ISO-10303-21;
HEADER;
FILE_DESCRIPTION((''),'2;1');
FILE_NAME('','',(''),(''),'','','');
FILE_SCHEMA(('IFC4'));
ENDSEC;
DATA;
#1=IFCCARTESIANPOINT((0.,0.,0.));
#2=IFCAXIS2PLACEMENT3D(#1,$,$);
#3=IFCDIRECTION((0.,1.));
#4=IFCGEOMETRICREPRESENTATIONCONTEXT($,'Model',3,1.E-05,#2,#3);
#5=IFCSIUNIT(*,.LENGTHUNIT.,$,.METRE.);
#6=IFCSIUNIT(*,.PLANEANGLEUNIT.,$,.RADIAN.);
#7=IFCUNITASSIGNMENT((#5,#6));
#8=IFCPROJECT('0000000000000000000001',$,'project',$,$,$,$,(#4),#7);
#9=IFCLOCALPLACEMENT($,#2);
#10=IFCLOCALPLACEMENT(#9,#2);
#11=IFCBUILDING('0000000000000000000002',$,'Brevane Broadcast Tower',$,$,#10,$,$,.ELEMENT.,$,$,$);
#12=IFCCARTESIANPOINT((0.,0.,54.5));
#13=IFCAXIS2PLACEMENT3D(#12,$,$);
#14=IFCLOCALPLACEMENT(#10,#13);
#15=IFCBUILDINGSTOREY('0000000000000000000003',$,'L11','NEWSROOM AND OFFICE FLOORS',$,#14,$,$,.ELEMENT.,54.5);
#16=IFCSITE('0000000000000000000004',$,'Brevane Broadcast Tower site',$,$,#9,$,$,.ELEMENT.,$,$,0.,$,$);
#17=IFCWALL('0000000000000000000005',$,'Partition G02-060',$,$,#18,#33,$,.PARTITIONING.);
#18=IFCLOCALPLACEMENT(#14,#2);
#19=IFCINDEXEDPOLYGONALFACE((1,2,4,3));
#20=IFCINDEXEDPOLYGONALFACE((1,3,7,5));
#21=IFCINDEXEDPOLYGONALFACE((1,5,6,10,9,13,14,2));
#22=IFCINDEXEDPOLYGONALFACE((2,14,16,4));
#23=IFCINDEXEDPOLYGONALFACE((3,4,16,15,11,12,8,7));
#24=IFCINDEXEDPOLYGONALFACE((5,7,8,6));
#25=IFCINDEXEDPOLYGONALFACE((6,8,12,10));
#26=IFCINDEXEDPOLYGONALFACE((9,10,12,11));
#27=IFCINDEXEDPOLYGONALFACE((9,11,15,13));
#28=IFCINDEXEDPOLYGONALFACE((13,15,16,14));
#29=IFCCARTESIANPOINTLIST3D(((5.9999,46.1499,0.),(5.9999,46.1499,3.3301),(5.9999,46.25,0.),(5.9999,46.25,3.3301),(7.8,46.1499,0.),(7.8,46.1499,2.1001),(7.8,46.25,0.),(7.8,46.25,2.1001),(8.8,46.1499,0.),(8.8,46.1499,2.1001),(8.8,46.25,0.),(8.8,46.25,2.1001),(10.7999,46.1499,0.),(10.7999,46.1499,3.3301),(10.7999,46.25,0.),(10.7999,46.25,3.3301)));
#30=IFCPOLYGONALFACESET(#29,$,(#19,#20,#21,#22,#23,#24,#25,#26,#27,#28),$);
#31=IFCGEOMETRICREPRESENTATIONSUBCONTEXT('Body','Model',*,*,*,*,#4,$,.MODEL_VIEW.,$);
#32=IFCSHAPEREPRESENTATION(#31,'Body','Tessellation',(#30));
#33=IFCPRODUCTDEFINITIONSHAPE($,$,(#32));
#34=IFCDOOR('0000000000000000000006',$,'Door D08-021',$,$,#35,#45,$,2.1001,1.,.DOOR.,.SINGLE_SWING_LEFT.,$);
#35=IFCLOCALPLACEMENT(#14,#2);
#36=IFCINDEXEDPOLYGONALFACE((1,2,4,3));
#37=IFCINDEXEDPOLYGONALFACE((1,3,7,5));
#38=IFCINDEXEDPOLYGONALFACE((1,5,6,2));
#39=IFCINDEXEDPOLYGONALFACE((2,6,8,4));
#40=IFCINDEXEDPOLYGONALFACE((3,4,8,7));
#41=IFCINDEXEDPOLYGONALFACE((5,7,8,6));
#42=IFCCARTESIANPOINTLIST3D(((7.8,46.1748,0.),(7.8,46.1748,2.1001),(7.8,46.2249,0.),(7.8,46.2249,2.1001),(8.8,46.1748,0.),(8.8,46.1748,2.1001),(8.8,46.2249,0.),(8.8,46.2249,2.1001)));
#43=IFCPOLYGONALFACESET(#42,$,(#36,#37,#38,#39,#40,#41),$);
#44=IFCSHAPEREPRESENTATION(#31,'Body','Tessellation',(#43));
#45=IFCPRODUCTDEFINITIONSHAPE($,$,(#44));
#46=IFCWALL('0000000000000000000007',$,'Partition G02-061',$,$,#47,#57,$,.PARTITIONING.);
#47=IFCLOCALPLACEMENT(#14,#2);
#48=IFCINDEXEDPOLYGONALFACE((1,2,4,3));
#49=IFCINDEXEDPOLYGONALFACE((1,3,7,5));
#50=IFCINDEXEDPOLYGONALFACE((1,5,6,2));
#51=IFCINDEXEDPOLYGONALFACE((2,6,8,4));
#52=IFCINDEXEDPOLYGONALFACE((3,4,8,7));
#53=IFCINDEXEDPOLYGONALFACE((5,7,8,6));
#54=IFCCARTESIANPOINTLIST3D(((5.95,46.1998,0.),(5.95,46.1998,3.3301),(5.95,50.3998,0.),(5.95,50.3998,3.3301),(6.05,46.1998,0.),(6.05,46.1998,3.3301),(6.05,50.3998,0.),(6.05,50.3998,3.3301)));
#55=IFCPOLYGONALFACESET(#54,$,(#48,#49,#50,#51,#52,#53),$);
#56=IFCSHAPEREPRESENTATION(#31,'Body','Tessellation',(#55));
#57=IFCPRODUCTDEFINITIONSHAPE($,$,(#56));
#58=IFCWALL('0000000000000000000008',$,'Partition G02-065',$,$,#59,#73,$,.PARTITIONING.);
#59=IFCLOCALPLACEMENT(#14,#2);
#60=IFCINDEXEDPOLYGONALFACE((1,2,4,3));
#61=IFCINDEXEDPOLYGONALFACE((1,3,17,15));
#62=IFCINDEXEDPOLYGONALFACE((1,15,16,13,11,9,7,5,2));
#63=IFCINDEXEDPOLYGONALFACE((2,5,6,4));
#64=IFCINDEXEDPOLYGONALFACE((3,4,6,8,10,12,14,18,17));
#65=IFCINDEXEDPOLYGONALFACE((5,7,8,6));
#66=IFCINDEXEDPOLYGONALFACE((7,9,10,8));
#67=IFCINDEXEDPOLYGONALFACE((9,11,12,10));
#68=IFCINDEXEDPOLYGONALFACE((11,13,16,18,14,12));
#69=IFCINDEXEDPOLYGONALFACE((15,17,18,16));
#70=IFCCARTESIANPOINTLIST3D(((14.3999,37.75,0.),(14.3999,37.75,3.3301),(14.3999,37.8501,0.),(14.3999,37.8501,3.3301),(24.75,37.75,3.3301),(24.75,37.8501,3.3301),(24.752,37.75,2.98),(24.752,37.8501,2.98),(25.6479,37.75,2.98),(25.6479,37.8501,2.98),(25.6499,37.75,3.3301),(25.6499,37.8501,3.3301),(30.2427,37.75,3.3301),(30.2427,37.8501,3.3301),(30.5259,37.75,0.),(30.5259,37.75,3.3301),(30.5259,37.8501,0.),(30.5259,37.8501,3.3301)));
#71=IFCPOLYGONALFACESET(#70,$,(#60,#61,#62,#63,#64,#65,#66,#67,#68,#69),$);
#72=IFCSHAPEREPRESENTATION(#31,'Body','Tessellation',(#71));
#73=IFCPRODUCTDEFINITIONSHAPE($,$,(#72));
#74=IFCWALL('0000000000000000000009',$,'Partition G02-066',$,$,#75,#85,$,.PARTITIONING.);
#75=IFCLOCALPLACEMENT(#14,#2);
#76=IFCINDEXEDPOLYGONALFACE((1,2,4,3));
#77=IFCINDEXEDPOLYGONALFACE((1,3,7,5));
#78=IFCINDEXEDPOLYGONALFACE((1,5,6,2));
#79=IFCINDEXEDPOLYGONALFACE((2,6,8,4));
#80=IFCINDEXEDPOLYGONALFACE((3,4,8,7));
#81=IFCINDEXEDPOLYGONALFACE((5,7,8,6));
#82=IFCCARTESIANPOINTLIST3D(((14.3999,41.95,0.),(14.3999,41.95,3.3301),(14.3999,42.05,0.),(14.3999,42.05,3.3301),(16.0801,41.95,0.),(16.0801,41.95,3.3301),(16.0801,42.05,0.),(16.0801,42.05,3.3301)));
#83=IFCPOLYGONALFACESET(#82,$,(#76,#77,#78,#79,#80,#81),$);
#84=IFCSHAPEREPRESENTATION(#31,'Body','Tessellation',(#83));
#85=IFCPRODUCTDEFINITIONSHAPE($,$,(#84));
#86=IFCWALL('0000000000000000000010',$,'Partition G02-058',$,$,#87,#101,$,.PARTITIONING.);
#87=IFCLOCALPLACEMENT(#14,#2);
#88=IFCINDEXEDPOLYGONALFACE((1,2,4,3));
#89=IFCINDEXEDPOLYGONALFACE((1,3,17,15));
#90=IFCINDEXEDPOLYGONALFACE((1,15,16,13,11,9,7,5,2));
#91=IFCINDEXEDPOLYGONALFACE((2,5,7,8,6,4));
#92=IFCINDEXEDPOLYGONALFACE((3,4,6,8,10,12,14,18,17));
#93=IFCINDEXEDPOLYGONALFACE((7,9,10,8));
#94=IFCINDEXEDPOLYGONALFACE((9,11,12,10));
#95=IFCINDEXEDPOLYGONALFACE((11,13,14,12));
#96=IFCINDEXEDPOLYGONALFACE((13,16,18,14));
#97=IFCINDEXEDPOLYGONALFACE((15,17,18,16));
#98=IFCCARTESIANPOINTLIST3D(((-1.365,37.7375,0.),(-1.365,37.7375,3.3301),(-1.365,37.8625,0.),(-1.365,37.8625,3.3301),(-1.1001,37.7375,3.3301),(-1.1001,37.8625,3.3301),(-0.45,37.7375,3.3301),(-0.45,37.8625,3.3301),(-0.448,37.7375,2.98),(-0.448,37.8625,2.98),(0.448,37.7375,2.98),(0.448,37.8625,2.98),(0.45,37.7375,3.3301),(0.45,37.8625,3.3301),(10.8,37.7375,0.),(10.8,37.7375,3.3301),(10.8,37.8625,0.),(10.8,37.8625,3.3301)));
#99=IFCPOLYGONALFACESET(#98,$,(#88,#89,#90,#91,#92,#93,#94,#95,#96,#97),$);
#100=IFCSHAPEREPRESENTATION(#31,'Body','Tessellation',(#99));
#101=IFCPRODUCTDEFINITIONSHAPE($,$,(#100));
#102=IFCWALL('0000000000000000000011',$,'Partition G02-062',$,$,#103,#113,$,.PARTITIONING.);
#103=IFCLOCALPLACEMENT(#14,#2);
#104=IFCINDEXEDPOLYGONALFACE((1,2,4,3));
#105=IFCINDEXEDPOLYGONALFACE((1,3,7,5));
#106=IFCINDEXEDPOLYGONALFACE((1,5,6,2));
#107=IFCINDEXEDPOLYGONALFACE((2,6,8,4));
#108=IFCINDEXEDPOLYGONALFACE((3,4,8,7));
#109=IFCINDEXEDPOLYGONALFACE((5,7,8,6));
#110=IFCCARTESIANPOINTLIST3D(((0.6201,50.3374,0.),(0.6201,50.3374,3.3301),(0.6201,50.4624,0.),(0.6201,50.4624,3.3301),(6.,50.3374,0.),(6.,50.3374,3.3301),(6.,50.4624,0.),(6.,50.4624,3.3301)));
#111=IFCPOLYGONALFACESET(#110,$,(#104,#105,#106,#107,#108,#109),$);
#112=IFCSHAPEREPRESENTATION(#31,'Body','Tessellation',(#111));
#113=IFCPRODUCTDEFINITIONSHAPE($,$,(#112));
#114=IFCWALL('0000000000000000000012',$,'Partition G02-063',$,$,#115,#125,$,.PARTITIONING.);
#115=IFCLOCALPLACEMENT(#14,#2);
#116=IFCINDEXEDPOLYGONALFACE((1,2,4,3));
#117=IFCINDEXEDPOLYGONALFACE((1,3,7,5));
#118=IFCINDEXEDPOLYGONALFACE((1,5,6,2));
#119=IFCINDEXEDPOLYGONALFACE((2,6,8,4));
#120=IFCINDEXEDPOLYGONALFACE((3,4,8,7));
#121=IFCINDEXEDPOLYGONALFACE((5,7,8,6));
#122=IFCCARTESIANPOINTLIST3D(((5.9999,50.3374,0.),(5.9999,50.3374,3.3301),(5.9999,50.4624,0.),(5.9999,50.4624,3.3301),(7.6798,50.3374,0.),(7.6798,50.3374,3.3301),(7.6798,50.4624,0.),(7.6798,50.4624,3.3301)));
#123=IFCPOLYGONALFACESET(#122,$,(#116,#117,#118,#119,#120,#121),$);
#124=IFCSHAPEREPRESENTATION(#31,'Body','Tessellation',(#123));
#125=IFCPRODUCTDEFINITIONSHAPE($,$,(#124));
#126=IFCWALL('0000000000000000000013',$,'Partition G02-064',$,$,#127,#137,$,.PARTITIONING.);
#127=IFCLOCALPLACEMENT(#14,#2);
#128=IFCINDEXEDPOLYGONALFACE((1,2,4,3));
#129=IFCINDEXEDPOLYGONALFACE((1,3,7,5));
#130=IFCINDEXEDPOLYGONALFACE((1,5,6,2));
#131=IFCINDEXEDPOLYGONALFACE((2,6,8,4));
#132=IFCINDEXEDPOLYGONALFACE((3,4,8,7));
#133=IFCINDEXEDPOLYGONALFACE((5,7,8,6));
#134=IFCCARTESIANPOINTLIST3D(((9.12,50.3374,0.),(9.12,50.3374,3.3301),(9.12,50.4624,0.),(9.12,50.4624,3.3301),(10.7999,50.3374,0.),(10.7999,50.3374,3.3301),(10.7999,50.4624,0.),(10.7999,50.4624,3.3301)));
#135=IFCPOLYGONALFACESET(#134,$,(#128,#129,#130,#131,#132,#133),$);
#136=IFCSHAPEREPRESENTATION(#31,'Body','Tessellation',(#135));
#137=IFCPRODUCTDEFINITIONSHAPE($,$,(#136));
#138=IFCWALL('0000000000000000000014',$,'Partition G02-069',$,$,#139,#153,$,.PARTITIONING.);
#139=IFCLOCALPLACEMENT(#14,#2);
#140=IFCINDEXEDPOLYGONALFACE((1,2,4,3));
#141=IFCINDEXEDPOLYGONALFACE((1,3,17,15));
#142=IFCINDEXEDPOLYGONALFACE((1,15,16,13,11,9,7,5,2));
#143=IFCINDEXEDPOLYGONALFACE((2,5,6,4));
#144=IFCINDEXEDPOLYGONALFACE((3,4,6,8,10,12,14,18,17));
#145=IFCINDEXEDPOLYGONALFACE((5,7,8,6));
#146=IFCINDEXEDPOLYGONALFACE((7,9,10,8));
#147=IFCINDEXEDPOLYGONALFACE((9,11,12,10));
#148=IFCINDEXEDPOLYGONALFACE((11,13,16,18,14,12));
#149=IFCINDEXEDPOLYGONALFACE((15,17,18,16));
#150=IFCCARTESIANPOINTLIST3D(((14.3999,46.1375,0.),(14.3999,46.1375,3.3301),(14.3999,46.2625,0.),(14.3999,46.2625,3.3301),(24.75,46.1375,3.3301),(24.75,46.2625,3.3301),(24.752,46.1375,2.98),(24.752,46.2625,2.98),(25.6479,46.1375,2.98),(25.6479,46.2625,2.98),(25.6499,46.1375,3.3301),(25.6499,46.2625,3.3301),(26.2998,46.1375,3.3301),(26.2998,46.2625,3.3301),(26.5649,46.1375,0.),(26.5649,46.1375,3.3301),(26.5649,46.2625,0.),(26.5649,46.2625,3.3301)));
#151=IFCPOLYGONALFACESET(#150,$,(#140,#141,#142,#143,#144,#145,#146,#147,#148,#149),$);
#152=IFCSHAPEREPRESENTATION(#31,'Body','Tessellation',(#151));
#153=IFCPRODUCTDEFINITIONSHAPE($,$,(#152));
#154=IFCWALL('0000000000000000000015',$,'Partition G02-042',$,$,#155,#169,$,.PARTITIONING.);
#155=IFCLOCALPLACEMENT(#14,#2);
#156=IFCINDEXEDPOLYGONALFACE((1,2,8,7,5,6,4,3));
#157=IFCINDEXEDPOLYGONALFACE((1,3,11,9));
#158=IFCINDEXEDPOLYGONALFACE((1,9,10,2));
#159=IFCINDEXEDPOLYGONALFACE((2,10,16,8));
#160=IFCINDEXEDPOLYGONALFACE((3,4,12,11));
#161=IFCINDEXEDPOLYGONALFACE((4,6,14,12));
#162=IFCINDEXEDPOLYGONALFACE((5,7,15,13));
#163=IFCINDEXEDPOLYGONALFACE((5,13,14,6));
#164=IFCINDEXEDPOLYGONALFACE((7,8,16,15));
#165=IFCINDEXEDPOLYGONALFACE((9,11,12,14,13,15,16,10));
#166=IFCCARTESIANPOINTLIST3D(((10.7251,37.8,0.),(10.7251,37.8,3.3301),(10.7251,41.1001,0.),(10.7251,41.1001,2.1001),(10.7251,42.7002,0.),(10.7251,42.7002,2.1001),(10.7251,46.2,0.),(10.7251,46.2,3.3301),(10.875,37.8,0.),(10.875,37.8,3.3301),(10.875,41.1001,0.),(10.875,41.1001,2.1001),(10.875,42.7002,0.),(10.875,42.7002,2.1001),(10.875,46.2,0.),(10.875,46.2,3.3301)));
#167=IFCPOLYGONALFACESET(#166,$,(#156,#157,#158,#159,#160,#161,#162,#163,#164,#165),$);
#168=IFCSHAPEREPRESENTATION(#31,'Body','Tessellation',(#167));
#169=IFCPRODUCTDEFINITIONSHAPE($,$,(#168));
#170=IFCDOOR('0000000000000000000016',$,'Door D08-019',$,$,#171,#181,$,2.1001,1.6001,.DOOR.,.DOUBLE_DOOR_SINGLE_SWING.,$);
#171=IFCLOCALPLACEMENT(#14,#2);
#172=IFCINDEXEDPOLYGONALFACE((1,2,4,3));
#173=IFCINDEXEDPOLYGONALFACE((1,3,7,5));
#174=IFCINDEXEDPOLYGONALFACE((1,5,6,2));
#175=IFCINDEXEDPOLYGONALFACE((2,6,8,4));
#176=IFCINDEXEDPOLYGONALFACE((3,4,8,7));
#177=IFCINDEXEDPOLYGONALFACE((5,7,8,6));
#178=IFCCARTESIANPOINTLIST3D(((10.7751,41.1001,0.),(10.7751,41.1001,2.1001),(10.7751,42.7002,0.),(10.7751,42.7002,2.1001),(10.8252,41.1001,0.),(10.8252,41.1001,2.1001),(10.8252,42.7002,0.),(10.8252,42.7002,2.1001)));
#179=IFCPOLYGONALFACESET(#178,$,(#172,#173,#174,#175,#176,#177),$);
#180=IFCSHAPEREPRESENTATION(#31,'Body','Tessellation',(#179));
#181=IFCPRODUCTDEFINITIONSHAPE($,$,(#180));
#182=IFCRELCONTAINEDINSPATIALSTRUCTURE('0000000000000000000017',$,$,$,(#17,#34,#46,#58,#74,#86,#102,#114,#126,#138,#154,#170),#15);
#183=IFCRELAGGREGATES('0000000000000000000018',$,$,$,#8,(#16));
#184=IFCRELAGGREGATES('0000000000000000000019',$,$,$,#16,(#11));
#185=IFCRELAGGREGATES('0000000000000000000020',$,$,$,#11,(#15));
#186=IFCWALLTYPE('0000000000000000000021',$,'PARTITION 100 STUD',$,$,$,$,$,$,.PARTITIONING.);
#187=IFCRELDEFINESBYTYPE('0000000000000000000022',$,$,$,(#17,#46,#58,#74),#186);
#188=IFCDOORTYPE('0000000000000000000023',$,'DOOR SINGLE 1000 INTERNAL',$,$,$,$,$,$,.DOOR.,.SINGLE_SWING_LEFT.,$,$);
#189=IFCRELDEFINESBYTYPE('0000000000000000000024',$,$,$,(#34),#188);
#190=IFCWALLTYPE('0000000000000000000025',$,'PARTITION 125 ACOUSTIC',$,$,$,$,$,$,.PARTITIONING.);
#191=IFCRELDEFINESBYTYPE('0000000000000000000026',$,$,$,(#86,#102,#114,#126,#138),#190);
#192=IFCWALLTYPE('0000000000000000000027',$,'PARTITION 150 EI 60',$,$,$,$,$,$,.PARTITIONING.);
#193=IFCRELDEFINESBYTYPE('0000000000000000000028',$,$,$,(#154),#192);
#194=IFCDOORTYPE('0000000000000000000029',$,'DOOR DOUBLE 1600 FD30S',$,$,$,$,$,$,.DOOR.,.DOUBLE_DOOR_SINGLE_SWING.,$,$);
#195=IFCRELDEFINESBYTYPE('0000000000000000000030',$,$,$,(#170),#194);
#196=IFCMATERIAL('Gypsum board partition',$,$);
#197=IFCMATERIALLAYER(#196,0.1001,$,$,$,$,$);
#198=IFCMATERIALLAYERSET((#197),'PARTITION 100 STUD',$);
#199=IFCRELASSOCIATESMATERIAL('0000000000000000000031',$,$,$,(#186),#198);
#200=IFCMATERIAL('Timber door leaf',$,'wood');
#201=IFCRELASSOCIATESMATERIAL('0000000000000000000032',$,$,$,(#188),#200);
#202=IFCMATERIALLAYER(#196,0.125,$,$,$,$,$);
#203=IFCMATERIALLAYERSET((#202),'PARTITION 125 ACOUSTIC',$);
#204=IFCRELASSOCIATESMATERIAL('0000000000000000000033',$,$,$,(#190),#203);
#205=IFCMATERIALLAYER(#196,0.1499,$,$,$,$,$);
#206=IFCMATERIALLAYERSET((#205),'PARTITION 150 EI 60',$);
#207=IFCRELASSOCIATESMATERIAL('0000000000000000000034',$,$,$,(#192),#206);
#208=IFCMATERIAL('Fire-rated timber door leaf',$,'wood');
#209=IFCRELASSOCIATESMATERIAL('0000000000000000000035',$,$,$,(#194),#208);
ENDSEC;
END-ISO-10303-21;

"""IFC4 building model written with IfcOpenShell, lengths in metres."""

from ifc_helpers import new_model, si_unit, direction, frame, frame_2d, origin, place, context, subcontext, project, spatial, polyline, rectangle, outline, extrude, material, layer, layer_set, type_object, element, fill, save


model = new_model("IFC4")

# Units and contexts
model_context = context("Model", 3, precision=1e-05, world=origin(), true_north=direction((0.0, 1.0)))
body_context = subcontext(model_context, "Body", "Model", "MODEL_VIEW")
ifc_project = project(units=[si_unit("LENGTHUNIT", "METRE"), si_unit("PLANEANGLEUNIT", "RADIAN")], contexts=[model_context])

# Site, building, storey
site_placement = place(None, origin())
site = spatial("IfcSite", under=ifc_project, at=site_placement, Name="Brevane Broadcast Tower site", CompositionType="ELEMENT", RefElevation=0.0)
building_placement = place(site_placement, origin())
building = spatial("IfcBuilding", under=site, at=building_placement, Name="Brevane Broadcast Tower", CompositionType="ELEMENT")
storey_placement = place(building_placement, frame((0.0, 0.0, 54.5)))
storey = spatial("IfcBuildingStorey", under=building, at=storey_placement, Name="L11", Description="NEWSROOM AND OFFICE FLOORS", CompositionType="ELEMENT", Elevation=54.5)

# Wall, opening, door
ifc_material_1 = material(Name="Gypsum board partition")
ifc_layer_1 = layer(ifc_material_1, 0.1001)
ifc_layer_set_1 = layer_set([ifc_layer_1], Name="PARTITION 100 STUD")
wall_type_1 = type_object("IfcWallType", Name="PARTITION 100 STUD", PredefinedType="PARTITIONING", material=ifc_layer_set_1)
ifc_material_2 = material(Name="Timber door leaf", Category="wood")
door_type_1 = type_object("IfcDoorType", Name="DOOR SINGLE 1000 INTERNAL", OperationType="SINGLE_SWING_LEFT", PredefinedType="DOOR", material=ifc_material_2)
wall_1_placement = place(storey_placement, frame((6.0, 46.2, 0.0), z_axis=(0.0, 0.0, 1.0), x_axis=(1.0, 0.0, 0.0)))
wall_1 = element("IfcWall", 1, at=wall_1_placement, inside=storey, type_object=wall_type_1, Name="Partition G02-060", PredefinedType="PARTITIONING", context=body_context, shape_type="SweptSolid", body=[
    extrude(rectangle(XDim=4.8, YDim=0.1001, at=frame_2d((2.3999, 0.0))), origin(), (0.0, 0.0, 1.0), 3.3301),
])
opening_1_placement = place(wall_1_placement, frame((1.8, 0.0, 0.0)))
opening_1 = element("IfcOpeningElement", 2, at=opening_1_placement, cuts=wall_1, PredefinedType="OPENING", context=body_context, shape_type="SweptSolid", body=[
    extrude(rectangle(XDim=1.0, YDim=2.1001, at=frame_2d((0.5, 1.05))), frame((0.0, 0.0601, 0.0), z_axis=(0.0, -1.0, 0.0), x_axis=(1.0, 0.0, 0.0)), (0.0, 0.0, 1.0), 0.1201),
])
door_1_placement = place(opening_1_placement, origin())
door_1 = element("IfcDoor", 3, at=door_1_placement, inside=storey, type_object=door_type_1, Name="Door D08-021", OperationType="SINGLE_SWING_LEFT", OverallHeight=2.1001, OverallWidth=1.0, PredefinedType="DOOR", context=body_context, shape_type="SweptSolid", body=[
    extrude(rectangle(XDim=1.0, YDim=2.1001, at=frame_2d((0.5, 1.05))), frame((0.0, 0.0249, 0.0), z_axis=(0.0, -1.0, 0.0), x_axis=(1.0, 0.0, 0.0)), (0.0, 0.0, 1.0), 0.05),
])
fill(opening_1, door_1)

# Walls
wall_2_placement = place(storey_placement, frame((6.0, 50.3999, 0.0), z_axis=(0.0, 0.0, 1.0), x_axis=(0.0, -1.0, 0.0)))
element("IfcWall", 4, at=wall_2_placement, inside=storey, type_object=wall_type_1, Name="Partition G02-061", PredefinedType="PARTITIONING", context=body_context, shape_type="SweptSolid", body=[
    extrude(rectangle(XDim=4.2, YDim=0.1001, at=frame_2d((2.1001, 0.0))), origin(), (0.0, 0.0, 1.0), 3.3301),
])
wall_3_placement = place(storey_placement, frame((14.3999, 37.8, 0.0), z_axis=(0.0, 0.0, 1.0), x_axis=(1.0, 0.0, 0.0)))
element("IfcWall", 5, at=wall_3_placement, inside=storey, type_object=wall_type_1, Name="Partition G02-065", PredefinedType="PARTITIONING", context=body_context, shape_type="SweptSolid", body=[
    extrude(outline(polyline([(0.0, 0.0), (16.126, 0.0), (16.126, 3.3301), (15.8428, 3.3301), (11.25, 3.3301), (11.248, 2.98), (10.3521, 2.98), (10.3501, 3.3301), (0.0, 3.3301), (0.0, 0.0)])), frame((0.0, 0.05, 0.0), z_axis=(0.0, -1.0, 0.0), x_axis=(1.0, 0.0, 0.0)), (0.0, 0.0, 1.0), 0.1001),
])
wall_4_placement = place(storey_placement, frame((14.3999, 42.0, 0.0), z_axis=(0.0, 0.0, 1.0), x_axis=(1.0, 0.0, 0.0)))
element("IfcWall", 6, at=wall_4_placement, inside=storey, type_object=wall_type_1, Name="Partition G02-066", PredefinedType="PARTITIONING", context=body_context, shape_type="SweptSolid", body=[
    extrude(rectangle(XDim=1.6802, YDim=0.1001, at=frame_2d((0.8401, 0.0))), origin(), (0.0, 0.0, 1.0), 3.3301),
])
ifc_layer_2 = layer(ifc_material_1, 0.125)
ifc_layer_set_2 = layer_set([ifc_layer_2], Name="PARTITION 125 ACOUSTIC")
wall_type_2 = type_object("IfcWallType", Name="PARTITION 125 ACOUSTIC", PredefinedType="PARTITIONING", material=ifc_layer_set_2)
wall_5_placement = place(storey_placement, frame((-1.365, 37.8, 0.0), z_axis=(0.0, 0.0, 1.0), x_axis=(1.0, 0.0, 0.0)))
element("IfcWall", 7, at=wall_5_placement, inside=storey, type_object=wall_type_2, Name="Partition G02-058", PredefinedType="PARTITIONING", context=body_context, shape_type="SweptSolid", body=[
    extrude(outline(polyline([(0.0, 0.0), (12.165, 0.0), (12.165, 3.3301), (1.8149, 3.3301), (1.813, 2.98), (0.917, 2.98), (0.915, 3.3301), (0.2649, 3.3301), (0.0, 3.3301), (0.0, 0.0)])), frame((0.0, 0.0625, 0.0), z_axis=(0.0, -1.0, 0.0), x_axis=(1.0, 0.0, 0.0)), (0.0, 0.0, 1.0), 0.125),
])
wall_6_placement = place(storey_placement, frame((0.6201, 50.3999, 0.0), z_axis=(0.0, 0.0, 1.0), x_axis=(1.0, 0.0, 0.0)))
element("IfcWall", 8, at=wall_6_placement, inside=storey, type_object=wall_type_2, Name="Partition G02-062", PredefinedType="PARTITIONING", context=body_context, shape_type="SweptSolid", body=[
    extrude(rectangle(XDim=5.3799, YDim=0.125, at=frame_2d((2.6899, 0.0))), origin(), (0.0, 0.0, 1.0), 3.3301),
])
for number, where, z_axis, x_axis, name in (
    (9, (6.0, 50.3999, 0.0), (0.0, 0.0, 1.0), (1.0, 0.0, 0.0), "Partition G02-063"),
    (10, (9.1201, 50.3999, 0.0), (0.0, 0.0, 1.0), (1.0, 0.0, 0.0), "Partition G02-064"),
):
    element("IfcWall", number, at=place(storey_placement, frame(where, z_axis=z_axis, x_axis=x_axis)), inside=storey, type_object=wall_type_2, Name=name, PredefinedType="PARTITIONING", context=body_context, shape_type="SweptSolid", body=[
        extrude(rectangle(XDim=1.6799, YDim=0.125, at=frame_2d((0.8398, 0.0))), origin(), (0.0, 0.0, 1.0), 3.3301),
    ])
wall_7_placement = place(storey_placement, frame((14.3999, 46.2, 0.0), z_axis=(0.0, 0.0, 1.0), x_axis=(1.0, 0.0, 0.0)))
element("IfcWall", 11, at=wall_7_placement, inside=storey, type_object=wall_type_2, Name="Partition G02-069", PredefinedType="PARTITIONING", context=body_context, shape_type="SweptSolid", body=[
    extrude(outline(polyline([(0.0, 0.0), (12.165, 0.0), (12.165, 3.3301), (11.8999, 3.3301), (11.25, 3.3301), (11.248, 2.98), (10.3521, 2.98), (10.3501, 3.3301), (0.0, 3.3301), (0.0, 0.0)])), frame((0.0, 0.0625, 0.0), z_axis=(0.0, -1.0, 0.0), x_axis=(1.0, 0.0, 0.0)), (0.0, 0.0, 1.0), 0.125),
])

# Wall, opening, door
ifc_layer_3 = layer(ifc_material_1, 0.1499)
ifc_layer_set_3 = layer_set([ifc_layer_3], Name="PARTITION 150 EI 60")
wall_type_3 = type_object("IfcWallType", Name="PARTITION 150 EI 60", PredefinedType="PARTITIONING", material=ifc_layer_set_3)
wall_8_placement = place(storey_placement, frame((10.8, 37.8, 0.0), z_axis=(0.0, 0.0, 1.0), x_axis=(0.0, 1.0, 0.0)))
wall_8 = element("IfcWall", 12, at=wall_8_placement, inside=storey, type_object=wall_type_3, Name="Partition G02-042", PredefinedType="PARTITIONING", context=body_context, shape_type="SweptSolid", body=[
    extrude(rectangle(XDim=8.3999, YDim=0.1499, at=frame_2d((4.2, 0.0))), origin(), (0.0, 0.0, 1.0), 3.3301),
])
opening_2_placement = place(wall_8_placement, frame((3.3, 0.0, 0.0)))
opening_2 = element("IfcOpeningElement", 13, at=opening_2_placement, cuts=wall_8, PredefinedType="OPENING", context=body_context, shape_type="SweptSolid", body=[
    extrude(rectangle(XDim=1.6001, YDim=2.1001, at=frame_2d((0.8, 1.05))), frame((0.0, 0.085, 0.0), z_axis=(0.0, -1.0, 0.0), x_axis=(1.0, 0.0, 0.0)), (0.0, 0.0, 1.0), 0.1699),
])
ifc_material_3 = material(Name="Fire-rated timber door leaf", Category="wood")
door_type_2 = type_object("IfcDoorType", Name="DOOR DOUBLE 1600 FD30S", OperationType="DOUBLE_DOOR_SINGLE_SWING", PredefinedType="DOOR", material=ifc_material_3)
door_2_placement = place(opening_2_placement, origin())
door_2 = element("IfcDoor", 14, at=door_2_placement, inside=storey, type_object=door_type_2, Name="Door D08-019", OperationType="DOUBLE_DOOR_SINGLE_SWING", OverallHeight=2.1001, OverallWidth=1.6001, PredefinedType="DOOR", context=body_context, shape_type="SweptSolid", body=[
    extrude(rectangle(XDim=1.6001, YDim=2.1001, at=frame_2d((0.8, 1.05))), frame((0.0, 0.0249, 0.0), z_axis=(0.0, -1.0, 0.0), x_axis=(1.0, 0.0, 0.0)), (0.0, 0.0, 1.0), 0.05),
])
fill(opening_2, door_2)

save(model, "model.ifc")
